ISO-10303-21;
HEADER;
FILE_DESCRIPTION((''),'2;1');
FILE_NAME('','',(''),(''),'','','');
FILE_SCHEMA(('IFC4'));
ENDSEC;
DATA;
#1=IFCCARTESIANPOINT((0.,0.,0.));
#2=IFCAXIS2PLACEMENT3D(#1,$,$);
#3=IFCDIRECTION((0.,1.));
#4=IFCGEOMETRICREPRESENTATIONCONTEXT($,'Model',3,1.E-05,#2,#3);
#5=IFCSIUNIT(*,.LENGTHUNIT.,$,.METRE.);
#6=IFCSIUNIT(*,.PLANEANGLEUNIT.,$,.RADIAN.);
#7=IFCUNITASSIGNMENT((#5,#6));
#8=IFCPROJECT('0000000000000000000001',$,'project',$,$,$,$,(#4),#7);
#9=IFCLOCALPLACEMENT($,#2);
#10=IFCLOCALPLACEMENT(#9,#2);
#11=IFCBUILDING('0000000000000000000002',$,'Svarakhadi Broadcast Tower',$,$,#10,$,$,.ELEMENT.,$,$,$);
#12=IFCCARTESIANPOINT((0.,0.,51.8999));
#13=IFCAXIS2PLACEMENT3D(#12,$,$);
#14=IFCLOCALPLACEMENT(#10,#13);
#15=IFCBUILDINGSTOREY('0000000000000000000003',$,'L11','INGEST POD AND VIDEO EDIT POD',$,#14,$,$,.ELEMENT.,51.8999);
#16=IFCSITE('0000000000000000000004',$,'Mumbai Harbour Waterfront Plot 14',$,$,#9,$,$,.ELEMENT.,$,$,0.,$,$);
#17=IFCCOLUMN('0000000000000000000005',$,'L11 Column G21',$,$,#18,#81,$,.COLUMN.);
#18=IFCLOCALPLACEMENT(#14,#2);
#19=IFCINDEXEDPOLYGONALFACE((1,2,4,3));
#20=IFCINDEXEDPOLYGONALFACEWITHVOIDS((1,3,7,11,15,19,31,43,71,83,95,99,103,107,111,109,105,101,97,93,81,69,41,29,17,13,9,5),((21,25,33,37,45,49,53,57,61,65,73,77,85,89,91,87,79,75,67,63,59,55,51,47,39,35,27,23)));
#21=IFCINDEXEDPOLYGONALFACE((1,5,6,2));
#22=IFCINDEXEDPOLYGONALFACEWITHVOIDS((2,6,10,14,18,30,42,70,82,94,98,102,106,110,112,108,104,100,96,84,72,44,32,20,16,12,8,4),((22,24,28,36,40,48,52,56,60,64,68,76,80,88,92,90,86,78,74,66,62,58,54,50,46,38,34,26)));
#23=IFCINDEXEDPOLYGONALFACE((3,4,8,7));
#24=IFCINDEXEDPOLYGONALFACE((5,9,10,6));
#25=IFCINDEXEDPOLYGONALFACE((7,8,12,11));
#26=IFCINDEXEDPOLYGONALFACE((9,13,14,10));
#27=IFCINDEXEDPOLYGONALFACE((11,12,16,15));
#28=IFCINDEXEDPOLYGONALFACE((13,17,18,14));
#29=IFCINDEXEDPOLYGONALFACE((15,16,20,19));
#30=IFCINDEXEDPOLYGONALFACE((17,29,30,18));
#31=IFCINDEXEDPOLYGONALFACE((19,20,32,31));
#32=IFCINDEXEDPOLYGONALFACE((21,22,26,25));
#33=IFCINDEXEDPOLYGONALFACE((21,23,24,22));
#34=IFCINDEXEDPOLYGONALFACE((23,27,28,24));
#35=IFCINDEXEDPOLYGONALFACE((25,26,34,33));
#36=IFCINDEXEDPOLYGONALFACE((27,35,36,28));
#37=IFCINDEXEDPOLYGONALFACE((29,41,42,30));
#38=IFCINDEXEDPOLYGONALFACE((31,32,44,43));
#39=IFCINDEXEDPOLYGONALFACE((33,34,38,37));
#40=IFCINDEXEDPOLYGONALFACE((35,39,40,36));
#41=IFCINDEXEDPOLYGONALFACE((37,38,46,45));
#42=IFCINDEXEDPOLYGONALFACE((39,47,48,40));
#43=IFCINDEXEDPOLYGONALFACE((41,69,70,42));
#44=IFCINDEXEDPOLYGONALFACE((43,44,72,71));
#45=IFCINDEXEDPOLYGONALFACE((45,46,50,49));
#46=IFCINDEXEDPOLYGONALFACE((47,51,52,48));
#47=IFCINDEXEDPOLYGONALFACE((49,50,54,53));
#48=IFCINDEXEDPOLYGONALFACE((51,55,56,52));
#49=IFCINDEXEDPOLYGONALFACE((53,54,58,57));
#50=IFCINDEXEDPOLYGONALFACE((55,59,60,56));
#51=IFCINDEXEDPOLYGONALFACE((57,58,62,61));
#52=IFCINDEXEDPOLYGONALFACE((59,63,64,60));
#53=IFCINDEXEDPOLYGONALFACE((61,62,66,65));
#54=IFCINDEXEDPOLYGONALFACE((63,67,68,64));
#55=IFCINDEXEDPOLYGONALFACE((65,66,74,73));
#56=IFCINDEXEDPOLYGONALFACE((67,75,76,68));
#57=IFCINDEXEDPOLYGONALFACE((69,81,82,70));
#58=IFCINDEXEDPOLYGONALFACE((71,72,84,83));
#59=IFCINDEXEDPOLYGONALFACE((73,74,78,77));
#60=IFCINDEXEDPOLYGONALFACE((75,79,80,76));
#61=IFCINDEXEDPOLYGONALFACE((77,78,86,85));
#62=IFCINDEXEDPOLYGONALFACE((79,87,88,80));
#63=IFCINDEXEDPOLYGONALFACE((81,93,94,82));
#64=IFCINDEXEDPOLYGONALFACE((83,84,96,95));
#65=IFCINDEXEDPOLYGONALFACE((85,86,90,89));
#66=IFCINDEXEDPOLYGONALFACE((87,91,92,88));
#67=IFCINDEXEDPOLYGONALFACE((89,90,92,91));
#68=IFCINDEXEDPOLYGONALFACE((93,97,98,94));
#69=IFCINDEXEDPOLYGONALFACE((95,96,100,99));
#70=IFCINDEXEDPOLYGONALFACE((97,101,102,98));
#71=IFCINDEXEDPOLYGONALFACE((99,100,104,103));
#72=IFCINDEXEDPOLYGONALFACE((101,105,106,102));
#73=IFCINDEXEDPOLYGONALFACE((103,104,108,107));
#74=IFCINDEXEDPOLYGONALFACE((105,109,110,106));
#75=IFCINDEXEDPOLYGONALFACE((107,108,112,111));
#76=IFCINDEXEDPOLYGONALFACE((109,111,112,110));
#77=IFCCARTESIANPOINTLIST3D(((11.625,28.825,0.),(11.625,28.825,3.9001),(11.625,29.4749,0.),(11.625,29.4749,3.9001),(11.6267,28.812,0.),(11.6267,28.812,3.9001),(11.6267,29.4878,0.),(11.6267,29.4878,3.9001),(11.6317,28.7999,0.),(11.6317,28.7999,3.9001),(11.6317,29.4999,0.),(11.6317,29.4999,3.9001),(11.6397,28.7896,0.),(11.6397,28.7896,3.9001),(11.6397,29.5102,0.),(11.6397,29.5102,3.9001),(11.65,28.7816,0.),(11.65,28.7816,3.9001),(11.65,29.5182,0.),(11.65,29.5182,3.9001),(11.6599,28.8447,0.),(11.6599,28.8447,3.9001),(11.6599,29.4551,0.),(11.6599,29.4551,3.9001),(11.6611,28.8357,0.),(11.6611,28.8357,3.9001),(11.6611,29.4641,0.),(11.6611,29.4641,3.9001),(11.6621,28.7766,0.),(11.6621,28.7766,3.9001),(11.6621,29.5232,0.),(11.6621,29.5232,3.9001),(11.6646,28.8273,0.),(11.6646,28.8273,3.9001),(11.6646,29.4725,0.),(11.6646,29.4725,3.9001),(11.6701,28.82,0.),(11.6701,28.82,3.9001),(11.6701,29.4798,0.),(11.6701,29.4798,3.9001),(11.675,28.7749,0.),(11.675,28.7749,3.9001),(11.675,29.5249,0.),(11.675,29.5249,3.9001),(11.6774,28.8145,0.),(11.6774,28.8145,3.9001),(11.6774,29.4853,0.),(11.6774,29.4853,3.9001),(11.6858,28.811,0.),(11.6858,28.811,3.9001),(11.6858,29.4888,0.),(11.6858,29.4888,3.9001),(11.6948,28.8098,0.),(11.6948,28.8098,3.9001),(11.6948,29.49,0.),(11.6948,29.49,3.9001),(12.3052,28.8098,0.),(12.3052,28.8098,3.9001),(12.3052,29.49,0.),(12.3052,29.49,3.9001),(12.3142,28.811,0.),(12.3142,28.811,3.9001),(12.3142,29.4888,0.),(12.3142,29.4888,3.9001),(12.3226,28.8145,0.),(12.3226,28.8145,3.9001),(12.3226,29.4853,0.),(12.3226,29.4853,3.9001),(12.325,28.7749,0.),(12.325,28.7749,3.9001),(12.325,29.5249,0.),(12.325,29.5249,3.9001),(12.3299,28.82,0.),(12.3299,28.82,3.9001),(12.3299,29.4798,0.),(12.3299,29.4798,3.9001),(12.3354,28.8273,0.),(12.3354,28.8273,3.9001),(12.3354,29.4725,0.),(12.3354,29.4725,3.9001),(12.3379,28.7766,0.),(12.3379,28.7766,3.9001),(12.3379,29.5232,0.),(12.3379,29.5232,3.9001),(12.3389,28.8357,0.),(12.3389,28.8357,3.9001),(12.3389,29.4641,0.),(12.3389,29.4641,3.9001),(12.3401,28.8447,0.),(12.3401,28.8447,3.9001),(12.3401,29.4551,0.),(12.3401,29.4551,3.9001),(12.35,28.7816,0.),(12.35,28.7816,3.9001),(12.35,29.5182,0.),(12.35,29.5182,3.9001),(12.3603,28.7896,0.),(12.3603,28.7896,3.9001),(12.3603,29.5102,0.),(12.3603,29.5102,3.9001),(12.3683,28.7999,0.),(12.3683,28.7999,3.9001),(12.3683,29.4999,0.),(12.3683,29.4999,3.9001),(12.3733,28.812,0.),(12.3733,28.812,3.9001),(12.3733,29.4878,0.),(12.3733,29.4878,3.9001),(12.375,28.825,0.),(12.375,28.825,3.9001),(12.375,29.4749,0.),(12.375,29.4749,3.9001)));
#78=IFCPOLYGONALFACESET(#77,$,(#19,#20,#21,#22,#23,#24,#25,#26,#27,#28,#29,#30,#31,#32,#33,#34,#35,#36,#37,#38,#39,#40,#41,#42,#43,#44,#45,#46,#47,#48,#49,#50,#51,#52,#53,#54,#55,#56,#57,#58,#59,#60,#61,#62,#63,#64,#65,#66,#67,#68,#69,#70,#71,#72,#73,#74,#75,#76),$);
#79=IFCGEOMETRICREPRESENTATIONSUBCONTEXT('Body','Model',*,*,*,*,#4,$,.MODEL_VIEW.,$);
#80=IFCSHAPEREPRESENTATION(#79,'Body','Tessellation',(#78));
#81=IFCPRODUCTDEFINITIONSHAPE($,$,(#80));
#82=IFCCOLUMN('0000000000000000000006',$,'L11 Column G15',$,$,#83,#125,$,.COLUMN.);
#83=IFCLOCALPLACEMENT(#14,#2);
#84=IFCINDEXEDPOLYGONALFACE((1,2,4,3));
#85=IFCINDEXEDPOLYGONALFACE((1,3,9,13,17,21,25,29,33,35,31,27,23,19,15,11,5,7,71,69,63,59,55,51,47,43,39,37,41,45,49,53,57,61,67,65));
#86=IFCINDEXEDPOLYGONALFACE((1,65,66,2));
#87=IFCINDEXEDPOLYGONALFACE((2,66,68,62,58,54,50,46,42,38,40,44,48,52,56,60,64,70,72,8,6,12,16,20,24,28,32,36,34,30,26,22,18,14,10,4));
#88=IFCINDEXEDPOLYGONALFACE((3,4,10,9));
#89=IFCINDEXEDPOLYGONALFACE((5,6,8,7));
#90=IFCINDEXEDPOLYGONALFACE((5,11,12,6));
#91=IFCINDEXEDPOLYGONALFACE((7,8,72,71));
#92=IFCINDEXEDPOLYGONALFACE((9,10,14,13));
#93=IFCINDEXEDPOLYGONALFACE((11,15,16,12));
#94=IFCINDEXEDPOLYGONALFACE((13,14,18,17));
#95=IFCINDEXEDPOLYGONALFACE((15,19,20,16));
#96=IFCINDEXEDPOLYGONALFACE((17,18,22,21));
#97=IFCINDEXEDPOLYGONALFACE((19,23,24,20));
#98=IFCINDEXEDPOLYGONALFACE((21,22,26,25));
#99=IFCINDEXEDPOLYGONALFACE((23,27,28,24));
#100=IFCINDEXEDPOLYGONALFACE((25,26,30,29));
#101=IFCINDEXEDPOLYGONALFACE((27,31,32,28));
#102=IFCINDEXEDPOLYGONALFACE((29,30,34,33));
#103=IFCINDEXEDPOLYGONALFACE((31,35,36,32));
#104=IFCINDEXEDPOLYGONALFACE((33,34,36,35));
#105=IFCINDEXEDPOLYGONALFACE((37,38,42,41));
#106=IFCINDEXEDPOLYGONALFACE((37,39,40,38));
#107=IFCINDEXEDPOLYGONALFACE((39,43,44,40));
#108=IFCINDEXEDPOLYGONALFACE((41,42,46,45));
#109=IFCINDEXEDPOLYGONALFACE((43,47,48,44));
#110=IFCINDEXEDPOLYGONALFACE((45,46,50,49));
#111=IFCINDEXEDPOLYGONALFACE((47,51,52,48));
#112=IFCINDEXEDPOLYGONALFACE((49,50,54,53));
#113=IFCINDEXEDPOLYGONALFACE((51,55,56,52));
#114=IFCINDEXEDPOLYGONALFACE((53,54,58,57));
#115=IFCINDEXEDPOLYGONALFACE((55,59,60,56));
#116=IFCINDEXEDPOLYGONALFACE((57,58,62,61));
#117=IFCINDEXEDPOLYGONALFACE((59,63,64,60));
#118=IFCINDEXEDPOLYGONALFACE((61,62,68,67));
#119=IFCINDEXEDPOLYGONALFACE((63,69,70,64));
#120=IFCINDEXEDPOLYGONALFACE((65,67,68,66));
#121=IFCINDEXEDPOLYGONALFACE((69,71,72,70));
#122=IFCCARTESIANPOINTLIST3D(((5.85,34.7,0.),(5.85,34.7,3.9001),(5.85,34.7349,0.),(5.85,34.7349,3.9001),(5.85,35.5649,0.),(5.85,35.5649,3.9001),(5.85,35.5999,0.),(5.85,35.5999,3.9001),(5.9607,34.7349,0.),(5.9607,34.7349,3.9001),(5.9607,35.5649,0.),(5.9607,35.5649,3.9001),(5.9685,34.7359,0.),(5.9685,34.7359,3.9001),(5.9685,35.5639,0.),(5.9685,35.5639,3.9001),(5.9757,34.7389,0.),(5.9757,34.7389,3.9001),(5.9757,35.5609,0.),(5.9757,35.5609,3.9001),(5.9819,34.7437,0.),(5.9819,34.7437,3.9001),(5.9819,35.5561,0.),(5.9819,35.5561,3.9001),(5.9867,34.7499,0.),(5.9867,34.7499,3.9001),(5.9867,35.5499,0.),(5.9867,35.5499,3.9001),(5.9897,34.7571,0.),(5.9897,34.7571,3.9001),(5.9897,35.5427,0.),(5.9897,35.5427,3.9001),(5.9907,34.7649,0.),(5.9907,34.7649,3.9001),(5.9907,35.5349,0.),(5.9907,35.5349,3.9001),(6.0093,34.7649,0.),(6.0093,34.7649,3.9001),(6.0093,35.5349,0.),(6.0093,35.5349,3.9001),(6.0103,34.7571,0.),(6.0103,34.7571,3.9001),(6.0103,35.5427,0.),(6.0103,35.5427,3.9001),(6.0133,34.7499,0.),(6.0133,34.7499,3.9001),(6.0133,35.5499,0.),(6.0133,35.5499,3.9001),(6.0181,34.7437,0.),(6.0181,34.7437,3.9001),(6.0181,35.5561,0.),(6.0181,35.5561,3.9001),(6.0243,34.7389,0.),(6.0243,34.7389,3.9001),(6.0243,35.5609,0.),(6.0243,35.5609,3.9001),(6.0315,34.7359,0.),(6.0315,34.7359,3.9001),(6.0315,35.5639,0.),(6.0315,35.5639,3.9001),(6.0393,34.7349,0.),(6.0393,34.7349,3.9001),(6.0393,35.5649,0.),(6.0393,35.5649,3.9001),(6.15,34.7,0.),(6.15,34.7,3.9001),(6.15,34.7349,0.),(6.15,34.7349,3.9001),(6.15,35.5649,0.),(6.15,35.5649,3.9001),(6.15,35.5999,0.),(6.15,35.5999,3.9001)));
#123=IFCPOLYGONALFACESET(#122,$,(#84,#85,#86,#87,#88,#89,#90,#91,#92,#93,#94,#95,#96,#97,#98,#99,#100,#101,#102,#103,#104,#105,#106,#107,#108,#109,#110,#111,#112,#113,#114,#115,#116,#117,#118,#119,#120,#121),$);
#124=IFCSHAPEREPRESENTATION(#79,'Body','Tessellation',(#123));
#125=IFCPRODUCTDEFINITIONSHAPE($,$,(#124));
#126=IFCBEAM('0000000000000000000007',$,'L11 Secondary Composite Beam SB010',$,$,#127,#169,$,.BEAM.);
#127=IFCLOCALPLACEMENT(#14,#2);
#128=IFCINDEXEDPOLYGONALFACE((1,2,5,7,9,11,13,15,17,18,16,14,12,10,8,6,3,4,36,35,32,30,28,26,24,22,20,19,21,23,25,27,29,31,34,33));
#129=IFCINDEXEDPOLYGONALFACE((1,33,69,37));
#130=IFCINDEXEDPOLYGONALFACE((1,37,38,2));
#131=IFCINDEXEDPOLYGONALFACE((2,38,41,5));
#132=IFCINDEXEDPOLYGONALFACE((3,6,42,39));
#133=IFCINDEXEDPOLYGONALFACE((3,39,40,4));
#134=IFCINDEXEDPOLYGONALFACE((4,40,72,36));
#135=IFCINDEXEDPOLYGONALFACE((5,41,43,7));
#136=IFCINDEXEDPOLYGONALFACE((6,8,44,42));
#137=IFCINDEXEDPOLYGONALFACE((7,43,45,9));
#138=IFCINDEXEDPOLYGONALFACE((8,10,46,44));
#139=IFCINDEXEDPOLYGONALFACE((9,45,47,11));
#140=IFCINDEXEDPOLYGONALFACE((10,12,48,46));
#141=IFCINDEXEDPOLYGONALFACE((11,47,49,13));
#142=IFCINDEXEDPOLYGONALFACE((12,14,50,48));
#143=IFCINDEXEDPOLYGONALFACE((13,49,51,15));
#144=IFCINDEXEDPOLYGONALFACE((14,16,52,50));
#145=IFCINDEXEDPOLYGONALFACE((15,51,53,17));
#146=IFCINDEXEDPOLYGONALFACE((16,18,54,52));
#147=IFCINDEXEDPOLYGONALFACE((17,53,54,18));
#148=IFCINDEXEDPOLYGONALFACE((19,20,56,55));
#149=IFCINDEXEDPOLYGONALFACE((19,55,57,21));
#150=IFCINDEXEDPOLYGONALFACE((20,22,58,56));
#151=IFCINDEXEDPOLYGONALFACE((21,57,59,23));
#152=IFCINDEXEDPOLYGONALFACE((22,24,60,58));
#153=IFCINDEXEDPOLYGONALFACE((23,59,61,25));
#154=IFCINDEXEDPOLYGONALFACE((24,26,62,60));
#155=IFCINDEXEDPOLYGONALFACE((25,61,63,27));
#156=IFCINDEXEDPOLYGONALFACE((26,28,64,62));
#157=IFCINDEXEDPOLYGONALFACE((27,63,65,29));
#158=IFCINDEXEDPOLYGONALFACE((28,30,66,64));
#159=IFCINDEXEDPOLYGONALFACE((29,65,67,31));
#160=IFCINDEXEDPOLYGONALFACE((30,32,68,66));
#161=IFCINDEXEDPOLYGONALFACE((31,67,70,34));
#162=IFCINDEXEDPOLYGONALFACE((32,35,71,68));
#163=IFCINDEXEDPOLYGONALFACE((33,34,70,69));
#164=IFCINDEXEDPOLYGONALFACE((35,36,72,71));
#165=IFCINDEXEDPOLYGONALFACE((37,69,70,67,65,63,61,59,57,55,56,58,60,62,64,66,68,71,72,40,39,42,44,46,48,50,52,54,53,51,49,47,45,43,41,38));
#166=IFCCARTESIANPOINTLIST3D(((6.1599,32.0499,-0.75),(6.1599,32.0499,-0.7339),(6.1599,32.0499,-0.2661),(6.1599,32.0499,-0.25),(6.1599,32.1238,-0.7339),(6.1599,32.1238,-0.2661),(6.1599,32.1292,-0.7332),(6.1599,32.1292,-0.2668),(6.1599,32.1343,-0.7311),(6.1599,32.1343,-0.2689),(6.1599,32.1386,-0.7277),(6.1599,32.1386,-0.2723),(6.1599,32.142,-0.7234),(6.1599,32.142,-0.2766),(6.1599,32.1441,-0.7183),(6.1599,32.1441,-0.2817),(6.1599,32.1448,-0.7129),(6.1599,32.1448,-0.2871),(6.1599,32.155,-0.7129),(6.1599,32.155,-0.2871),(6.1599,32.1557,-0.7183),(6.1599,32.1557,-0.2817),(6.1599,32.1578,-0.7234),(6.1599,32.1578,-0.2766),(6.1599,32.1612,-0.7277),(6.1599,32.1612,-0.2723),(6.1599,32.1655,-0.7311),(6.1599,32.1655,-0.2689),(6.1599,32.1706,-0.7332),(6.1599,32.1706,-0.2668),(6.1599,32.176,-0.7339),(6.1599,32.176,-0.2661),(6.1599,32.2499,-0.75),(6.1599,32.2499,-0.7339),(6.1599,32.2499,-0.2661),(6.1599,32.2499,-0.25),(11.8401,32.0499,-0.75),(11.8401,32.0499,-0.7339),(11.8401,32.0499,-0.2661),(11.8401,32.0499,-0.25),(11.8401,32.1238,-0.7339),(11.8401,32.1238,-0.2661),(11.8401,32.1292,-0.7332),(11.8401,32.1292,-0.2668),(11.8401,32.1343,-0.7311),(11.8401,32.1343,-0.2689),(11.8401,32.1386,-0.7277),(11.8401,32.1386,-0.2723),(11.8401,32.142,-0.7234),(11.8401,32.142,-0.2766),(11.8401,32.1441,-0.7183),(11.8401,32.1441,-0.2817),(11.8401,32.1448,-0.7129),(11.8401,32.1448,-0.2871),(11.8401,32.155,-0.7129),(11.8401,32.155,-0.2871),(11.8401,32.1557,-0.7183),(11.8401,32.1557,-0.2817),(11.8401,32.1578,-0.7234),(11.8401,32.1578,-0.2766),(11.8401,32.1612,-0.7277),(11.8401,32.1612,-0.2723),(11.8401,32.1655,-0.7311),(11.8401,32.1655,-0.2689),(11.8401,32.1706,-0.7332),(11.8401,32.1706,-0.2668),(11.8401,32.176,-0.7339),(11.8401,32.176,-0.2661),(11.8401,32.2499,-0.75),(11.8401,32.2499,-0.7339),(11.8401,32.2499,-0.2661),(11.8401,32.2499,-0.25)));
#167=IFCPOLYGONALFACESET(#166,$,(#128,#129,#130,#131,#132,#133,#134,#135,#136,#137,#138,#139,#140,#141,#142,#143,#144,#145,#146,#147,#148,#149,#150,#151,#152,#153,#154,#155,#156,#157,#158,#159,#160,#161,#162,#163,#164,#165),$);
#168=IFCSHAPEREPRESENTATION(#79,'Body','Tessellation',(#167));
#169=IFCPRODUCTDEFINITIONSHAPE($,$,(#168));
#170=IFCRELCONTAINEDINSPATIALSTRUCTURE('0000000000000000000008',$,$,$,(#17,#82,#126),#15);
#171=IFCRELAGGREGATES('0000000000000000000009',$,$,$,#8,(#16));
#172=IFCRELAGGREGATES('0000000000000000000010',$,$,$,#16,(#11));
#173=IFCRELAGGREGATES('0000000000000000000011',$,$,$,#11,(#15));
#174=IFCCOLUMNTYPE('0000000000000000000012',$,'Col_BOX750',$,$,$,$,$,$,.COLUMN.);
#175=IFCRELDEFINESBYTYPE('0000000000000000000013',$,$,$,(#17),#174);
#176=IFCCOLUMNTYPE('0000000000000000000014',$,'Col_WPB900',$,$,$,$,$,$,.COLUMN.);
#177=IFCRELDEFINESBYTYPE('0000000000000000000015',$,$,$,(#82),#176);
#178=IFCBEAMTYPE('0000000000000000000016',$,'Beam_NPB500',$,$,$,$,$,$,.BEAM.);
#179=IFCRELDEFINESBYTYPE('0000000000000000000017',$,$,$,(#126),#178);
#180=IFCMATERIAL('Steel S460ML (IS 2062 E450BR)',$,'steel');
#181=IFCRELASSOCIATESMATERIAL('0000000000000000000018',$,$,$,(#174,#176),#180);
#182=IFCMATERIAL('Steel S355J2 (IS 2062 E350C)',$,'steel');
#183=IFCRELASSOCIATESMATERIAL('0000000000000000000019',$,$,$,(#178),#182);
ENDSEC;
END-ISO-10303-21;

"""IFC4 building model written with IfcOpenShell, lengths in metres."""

from ifc_helpers import new_model, si_unit, direction, frame, origin, origin_2d, place, context, subcontext, project, spatial, hollow_rectangle, i_section, extrude, material, material_profile, profile_set, type_object, element, save


model = new_model("IFC4")

# Units and contexts
model_context = context("Model", 3, precision=1e-05, world=origin(), true_north=direction((0.0, 1.0)))
body_context = subcontext(model_context, "Body", "Model", "MODEL_VIEW")
ifc_project = project(units=[si_unit("LENGTHUNIT", "METRE"), si_unit("PLANEANGLEUNIT", "RADIAN")], contexts=[model_context])

# Site, building, storey
site_placement = place(None, origin())
site = spatial("IfcSite", under=ifc_project, at=site_placement, Name="Mumbai Harbour Waterfront Plot 14", CompositionType="ELEMENT", RefElevation=0.0)
building_placement = place(site_placement, origin())
building = spatial("IfcBuilding", under=site, at=building_placement, Name="Svarakhadi Broadcast Tower", CompositionType="ELEMENT")
storey_placement = place(building_placement, frame((0.0, 0.0, 51.8999)))
storey = spatial("IfcBuildingStorey", under=building, at=storey_placement, Name="L11", Description="INGEST POD AND VIDEO EDIT POD", CompositionType="ELEMENT", Elevation=51.8999)

# Columns
ifc_material_1 = material(Name="Steel S460ML (IS 2062 E450BR)", Category="steel")
ifc_material_profile_1 = material_profile(ifc_material_1, hollow_rectangle(XDim=0.75, YDim=0.75, WallThickness=0.0349, InnerFilletRadius=0.0349, OuterFilletRadius=0.05, at=origin_2d()), Name="BOX 750x750x35")
ifc_profile_set_1 = profile_set([ifc_material_profile_1], Name="Steel S460ML (IS 2062 E450BR)")
column_type_1 = type_object("IfcColumnType", Name="Col_BOX750", PredefinedType="COLUMN", material=ifc_profile_set_1)
column_1_placement = place(storey_placement, frame((12.0, 29.1499, 0.0), z_axis=(0.0, 0.0, 1.0), x_axis=(1.0, 0.0, 0.0)))
element("IfcColumn", 1, at=column_1_placement, inside=storey, type_object=column_type_1, Name="L11 Column G21", PredefinedType="COLUMN", context=body_context, shape_type="SweptSolid", body=[
    extrude(hollow_rectangle(XDim=0.75, YDim=0.75, WallThickness=0.0349, InnerFilletRadius=0.0349, OuterFilletRadius=0.05, at=origin_2d()), origin(), (0.0, 0.0, 1.0), 3.9001),
])
ifc_material_profile_2 = material_profile(ifc_material_1, i_section(OverallWidth=0.3, OverallDepth=0.8999, WebThickness=0.0186, FlangeThickness=0.0349, FilletRadius=0.03, at=origin_2d()), Name="WPB 900x300x291")
ifc_profile_set_2 = profile_set([ifc_material_profile_2], Name="Steel S460ML (IS 2062 E450BR)")
column_type_2 = type_object("IfcColumnType", Name="Col_WPB900", PredefinedType="COLUMN", material=ifc_profile_set_2)
column_2_placement = place(storey_placement, frame((6.0, 35.1499, 0.0), z_axis=(0.0, 0.0, 1.0), x_axis=(1.0, 0.0, 0.0)))
element("IfcColumn", 2, at=column_2_placement, inside=storey, type_object=column_type_2, Name="L11 Column G15", PredefinedType="COLUMN", context=body_context, shape_type="SweptSolid", body=[
    extrude(i_section(OverallWidth=0.3, OverallDepth=0.8999, WebThickness=0.0186, FlangeThickness=0.0349, FilletRadius=0.03, at=origin_2d()), origin(), (0.0, 0.0, 1.0), 3.9001),
])

# Beam
ifc_material_2 = material(Name="Steel S355J2 (IS 2062 E350C)", Category="steel")
ifc_material_profile_3 = material_profile(ifc_material_2, i_section(OverallWidth=0.2, OverallDepth=0.5, WebThickness=0.0103, FlangeThickness=0.0161, FilletRadius=0.021, at=origin_2d()), Name="NPB 500x200x91")
ifc_profile_set_3 = profile_set([ifc_material_profile_3], Name="Steel S355J2 (IS 2062 E350C)")
beam_type_1 = type_object("IfcBeamType", Name="Beam_NPB500", PredefinedType="BEAM", material=ifc_profile_set_3)
beam_placement = place(storey_placement, frame((6.1599, 32.1499, -0.5), z_axis=(1.0, 0.0, 0.0), x_axis=(0.0, 1.0, 0.0)))
element("IfcBeam", 3, at=beam_placement, inside=storey, type_object=beam_type_1, Name="L11 Secondary Composite Beam SB010", PredefinedType="BEAM", context=body_context, shape_type="SweptSolid", body=[
    extrude(i_section(OverallWidth=0.2, OverallDepth=0.5, WebThickness=0.0103, FlangeThickness=0.0161, FilletRadius=0.021, at=origin_2d()), origin(), (0.0, 0.0, 1.0), 5.6802),
])

save(model, "model.ifc")
